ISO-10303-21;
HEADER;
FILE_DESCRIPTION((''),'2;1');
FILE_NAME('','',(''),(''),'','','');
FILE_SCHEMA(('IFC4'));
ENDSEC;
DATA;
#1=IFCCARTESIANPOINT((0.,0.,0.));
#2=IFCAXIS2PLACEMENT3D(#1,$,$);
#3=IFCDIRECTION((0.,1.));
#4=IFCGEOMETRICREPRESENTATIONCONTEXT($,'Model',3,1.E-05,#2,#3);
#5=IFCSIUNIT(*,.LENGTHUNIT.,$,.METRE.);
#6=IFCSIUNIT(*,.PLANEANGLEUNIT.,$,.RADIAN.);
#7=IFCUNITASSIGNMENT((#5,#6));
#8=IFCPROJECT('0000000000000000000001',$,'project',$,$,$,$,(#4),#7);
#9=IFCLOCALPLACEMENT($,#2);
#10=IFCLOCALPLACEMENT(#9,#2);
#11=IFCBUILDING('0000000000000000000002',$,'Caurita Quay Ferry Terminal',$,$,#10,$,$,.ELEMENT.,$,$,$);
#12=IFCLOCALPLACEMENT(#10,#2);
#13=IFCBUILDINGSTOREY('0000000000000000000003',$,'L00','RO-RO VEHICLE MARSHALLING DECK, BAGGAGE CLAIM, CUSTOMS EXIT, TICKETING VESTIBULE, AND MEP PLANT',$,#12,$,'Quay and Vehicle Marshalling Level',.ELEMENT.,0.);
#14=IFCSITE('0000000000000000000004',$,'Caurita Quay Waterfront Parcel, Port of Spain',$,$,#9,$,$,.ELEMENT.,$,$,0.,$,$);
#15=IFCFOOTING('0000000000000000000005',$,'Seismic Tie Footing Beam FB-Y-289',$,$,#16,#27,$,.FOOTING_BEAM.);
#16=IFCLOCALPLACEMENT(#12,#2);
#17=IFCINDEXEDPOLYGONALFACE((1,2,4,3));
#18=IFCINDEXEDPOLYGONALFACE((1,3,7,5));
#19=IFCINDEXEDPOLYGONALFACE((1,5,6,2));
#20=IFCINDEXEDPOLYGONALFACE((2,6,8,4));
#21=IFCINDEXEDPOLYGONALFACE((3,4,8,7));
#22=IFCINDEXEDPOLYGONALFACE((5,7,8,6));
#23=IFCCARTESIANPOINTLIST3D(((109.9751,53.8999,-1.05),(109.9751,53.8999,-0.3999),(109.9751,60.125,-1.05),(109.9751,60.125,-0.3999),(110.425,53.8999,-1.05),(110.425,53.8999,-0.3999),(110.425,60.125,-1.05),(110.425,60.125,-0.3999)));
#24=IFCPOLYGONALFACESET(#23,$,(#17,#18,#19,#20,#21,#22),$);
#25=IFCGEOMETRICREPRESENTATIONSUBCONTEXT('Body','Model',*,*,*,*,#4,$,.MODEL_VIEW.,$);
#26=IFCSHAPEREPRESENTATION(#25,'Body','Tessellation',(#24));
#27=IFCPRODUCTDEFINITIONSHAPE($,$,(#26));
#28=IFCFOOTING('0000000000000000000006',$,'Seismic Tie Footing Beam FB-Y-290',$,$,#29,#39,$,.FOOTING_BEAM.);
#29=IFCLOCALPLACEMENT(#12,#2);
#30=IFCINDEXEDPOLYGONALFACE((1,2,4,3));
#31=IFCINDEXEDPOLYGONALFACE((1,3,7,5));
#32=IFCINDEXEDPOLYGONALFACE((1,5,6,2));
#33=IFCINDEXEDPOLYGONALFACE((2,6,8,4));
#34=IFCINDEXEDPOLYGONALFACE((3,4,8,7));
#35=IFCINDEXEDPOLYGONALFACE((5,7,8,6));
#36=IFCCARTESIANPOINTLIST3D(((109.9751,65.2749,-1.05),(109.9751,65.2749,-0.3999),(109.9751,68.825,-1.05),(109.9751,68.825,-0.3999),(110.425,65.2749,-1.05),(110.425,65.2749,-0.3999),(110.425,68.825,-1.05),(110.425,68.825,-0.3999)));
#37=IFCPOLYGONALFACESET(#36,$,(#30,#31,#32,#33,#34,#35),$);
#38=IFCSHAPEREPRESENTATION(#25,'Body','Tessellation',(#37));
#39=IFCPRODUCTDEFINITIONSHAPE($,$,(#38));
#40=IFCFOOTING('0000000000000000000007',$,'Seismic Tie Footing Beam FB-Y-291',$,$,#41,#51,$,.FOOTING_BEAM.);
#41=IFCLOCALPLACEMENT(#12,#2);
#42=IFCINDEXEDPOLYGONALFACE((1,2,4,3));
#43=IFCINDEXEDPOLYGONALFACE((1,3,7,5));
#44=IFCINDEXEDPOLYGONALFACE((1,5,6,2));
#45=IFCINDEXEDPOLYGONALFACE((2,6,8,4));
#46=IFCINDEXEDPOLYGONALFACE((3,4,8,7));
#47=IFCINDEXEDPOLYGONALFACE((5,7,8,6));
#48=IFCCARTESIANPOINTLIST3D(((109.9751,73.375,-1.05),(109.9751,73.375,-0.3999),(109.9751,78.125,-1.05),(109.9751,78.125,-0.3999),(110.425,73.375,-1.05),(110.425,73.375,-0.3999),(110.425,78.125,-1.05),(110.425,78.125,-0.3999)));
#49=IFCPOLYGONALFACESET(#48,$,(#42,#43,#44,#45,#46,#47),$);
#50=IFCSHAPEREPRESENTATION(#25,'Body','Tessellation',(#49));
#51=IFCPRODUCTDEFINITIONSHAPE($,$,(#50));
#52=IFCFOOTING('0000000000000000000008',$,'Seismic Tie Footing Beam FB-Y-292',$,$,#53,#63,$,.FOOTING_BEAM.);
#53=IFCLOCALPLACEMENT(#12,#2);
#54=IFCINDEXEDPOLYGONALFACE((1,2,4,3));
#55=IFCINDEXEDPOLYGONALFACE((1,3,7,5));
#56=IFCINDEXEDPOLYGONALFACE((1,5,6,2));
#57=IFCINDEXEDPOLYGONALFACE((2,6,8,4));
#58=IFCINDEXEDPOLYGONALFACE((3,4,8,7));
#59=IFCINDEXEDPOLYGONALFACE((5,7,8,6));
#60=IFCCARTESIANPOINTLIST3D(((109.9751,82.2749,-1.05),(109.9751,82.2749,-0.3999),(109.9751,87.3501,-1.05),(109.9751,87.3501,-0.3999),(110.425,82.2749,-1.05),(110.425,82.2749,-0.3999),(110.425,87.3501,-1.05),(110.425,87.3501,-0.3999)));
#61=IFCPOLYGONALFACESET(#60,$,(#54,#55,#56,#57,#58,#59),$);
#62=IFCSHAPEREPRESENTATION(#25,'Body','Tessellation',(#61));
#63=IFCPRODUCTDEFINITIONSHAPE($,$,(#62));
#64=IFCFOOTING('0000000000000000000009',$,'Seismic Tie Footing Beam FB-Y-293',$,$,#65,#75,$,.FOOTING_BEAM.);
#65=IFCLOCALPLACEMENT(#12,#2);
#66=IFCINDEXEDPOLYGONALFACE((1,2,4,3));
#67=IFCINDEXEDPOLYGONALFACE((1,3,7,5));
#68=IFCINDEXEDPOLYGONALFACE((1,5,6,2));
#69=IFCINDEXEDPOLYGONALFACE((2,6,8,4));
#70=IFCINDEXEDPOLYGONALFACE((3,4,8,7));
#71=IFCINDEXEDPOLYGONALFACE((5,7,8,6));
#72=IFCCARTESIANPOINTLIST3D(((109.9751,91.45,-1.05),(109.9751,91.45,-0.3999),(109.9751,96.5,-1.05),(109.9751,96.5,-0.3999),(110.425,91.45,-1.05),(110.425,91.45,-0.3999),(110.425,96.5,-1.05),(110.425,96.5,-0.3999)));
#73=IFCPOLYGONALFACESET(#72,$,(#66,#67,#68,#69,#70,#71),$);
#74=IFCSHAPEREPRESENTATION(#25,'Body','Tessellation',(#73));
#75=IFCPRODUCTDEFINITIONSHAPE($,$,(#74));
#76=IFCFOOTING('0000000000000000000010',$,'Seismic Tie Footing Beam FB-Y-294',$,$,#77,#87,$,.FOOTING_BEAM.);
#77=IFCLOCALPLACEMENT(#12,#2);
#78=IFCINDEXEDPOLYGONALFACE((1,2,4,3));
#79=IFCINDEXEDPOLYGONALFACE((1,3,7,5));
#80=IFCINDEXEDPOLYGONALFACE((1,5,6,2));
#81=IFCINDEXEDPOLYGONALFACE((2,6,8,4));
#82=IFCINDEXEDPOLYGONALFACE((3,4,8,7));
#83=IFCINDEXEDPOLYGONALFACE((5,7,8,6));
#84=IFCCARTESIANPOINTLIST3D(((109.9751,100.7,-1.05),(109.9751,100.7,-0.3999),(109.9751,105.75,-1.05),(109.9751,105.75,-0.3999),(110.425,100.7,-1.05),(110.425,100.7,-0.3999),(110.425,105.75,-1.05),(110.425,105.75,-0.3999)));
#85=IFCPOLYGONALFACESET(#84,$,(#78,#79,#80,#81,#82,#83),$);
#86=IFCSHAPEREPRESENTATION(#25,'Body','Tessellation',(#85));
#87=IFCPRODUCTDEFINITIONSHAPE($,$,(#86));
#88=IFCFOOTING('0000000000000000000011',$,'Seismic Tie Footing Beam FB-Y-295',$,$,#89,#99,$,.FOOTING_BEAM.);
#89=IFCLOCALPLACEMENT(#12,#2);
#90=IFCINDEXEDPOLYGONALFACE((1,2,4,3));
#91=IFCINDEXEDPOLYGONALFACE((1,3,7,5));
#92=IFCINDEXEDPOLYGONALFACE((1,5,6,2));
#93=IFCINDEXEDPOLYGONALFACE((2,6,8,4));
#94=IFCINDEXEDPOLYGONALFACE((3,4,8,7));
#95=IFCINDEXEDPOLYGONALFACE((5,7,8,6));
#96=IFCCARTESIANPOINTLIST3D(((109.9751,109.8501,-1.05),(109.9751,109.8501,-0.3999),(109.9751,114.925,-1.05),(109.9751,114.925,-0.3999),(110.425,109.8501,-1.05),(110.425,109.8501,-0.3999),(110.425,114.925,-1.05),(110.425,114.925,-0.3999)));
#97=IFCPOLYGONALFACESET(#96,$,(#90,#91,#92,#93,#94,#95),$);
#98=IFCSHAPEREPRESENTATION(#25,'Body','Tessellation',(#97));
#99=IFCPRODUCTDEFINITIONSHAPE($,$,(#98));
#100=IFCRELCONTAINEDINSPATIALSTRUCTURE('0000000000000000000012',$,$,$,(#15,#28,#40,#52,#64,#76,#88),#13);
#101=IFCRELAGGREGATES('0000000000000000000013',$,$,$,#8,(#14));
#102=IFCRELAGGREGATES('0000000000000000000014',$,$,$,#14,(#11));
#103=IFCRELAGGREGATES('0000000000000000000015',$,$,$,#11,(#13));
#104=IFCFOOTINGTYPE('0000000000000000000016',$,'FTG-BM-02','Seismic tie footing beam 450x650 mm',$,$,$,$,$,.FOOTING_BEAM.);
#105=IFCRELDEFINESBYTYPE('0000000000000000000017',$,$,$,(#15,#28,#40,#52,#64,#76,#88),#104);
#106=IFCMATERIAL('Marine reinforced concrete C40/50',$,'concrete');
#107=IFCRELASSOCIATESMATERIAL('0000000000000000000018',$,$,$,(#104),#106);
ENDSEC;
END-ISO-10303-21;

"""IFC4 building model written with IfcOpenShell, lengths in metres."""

from ifc_helpers import new_model, si_unit, direction, frame, origin, place, context, subcontext, project, spatial, polyline, outline, extrude, material, type_object, element, save


model = new_model("IFC4")

# Units and contexts
model_context = context("Model", 3, precision=1e-05, world=origin(), true_north=direction((0.0, 1.0)))
body_context = subcontext(model_context, "Body", "Model", "MODEL_VIEW")
ifc_project = project(units=[si_unit("LENGTHUNIT", "METRE"), si_unit("PLANEANGLEUNIT", "RADIAN")], contexts=[model_context])

# Site, building, storey
site_placement = place(None, origin())
site = spatial("IfcSite", under=ifc_project, at=site_placement, Name="Caurita Quay Waterfront Parcel, Port of Spain", CompositionType="ELEMENT", RefElevation=0.0)
building_placement = place(site_placement, origin())
building = spatial("IfcBuilding", under=site, at=building_placement, Name="Caurita Quay Ferry Terminal", CompositionType="ELEMENT")
storey_placement = place(building_placement, origin())
storey = spatial("IfcBuildingStorey", under=building, at=storey_placement, Name="L00", Description="RO-RO VEHICLE MARSHALLING DECK, BAGGAGE CLAIM, CUSTOMS EXIT, TICKETING VESTIBULE, AND MEP PLANT", LongName="Quay and Vehicle Marshalling Level", CompositionType="ELEMENT", Elevation=0.0)

# Footings
ifc_material = material(Name="Marine reinforced concrete C40/50", Category="concrete")
footing_type = type_object("IfcFootingType", Name="FTG-BM-02", Description="Seismic tie footing beam 450x650 mm", PredefinedType="FOOTING_BEAM", material=ifc_material)
footing_1_placement = place(storey_placement, frame((0.0, 0.0, -1.05)))
element("IfcFooting", 1, at=footing_1_placement, inside=storey, type_object=footing_type, Name="Seismic Tie Footing Beam FB-Y-289", PredefinedType="FOOTING_BEAM", context=body_context, shape_type="SweptSolid", body=[
    extrude(outline(polyline([(109.9751, 53.8999), (110.425, 53.8999), (110.425, 60.125), (109.9751, 60.125), (109.9751, 53.8999)])), origin(), (0.0, 0.0, 1.0), 0.6501),
])
footing_2_placement = place(storey_placement, frame((0.0, 0.0, -1.05)))
element("IfcFooting", 2, at=footing_2_placement, inside=storey, type_object=footing_type, Name="Seismic Tie Footing Beam FB-Y-290", PredefinedType="FOOTING_BEAM", context=body_context, shape_type="SweptSolid", body=[
    extrude(outline(polyline([(109.9751, 65.2749), (110.425, 65.2749), (110.425, 68.825), (109.9751, 68.825), (109.9751, 65.2749)])), origin(), (0.0, 0.0, 1.0), 0.6501),
])
footing_3_placement = place(storey_placement, frame((0.0, 0.0, -1.05)))
element("IfcFooting", 3, at=footing_3_placement, inside=storey, type_object=footing_type, Name="Seismic Tie Footing Beam FB-Y-291", PredefinedType="FOOTING_BEAM", context=body_context, shape_type="SweptSolid", body=[
    extrude(outline(polyline([(109.9751, 73.375), (110.425, 73.375), (110.425, 78.125), (109.9751, 78.125), (109.9751, 73.375)])), origin(), (0.0, 0.0, 1.0), 0.6501),
])
footing_4_placement = place(storey_placement, frame((0.0, 0.0, -1.05)))
element("IfcFooting", 4, at=footing_4_placement, inside=storey, type_object=footing_type, Name="Seismic Tie Footing Beam FB-Y-292", PredefinedType="FOOTING_BEAM", context=body_context, shape_type="SweptSolid", body=[
    extrude(outline(polyline([(109.9751, 82.2749), (110.425, 82.2749), (110.425, 87.3501), (109.9751, 87.3501), (109.9751, 82.2749)])), origin(), (0.0, 0.0, 1.0), 0.6501),
])
footing_5_placement = place(storey_placement, frame((0.0, 0.0, -1.05)))
element("IfcFooting", 5, at=footing_5_placement, inside=storey, type_object=footing_type, Name="Seismic Tie Footing Beam FB-Y-293", PredefinedType="FOOTING_BEAM", context=body_context, shape_type="SweptSolid", body=[
    extrude(outline(polyline([(109.9751, 91.45), (110.425, 91.45), (110.425, 96.5), (109.9751, 96.5), (109.9751, 91.45)])), origin(), (0.0, 0.0, 1.0), 0.6501),
])
footing_6_placement = place(storey_placement, frame((0.0, 0.0, -1.05)))
element("IfcFooting", 6, at=footing_6_placement, inside=storey, type_object=footing_type, Name="Seismic Tie Footing Beam FB-Y-294", PredefinedType="FOOTING_BEAM", context=body_context, shape_type="SweptSolid", body=[
    extrude(outline(polyline([(109.9751, 100.7), (110.425, 100.7), (110.425, 105.75), (109.9751, 105.75), (109.9751, 100.7)])), origin(), (0.0, 0.0, 1.0), 0.6501),
])
footing_7_placement = place(storey_placement, frame((0.0, 0.0, -1.05)))
element("IfcFooting", 7, at=footing_7_placement, inside=storey, type_object=footing_type, Name="Seismic Tie Footing Beam FB-Y-295", PredefinedType="FOOTING_BEAM", context=body_context, shape_type="SweptSolid", body=[
    extrude(outline(polyline([(109.9751, 109.8501), (110.425, 109.8501), (110.425, 114.925), (109.9751, 114.925), (109.9751, 109.8501)])), origin(), (0.0, 0.0, 1.0), 0.6501),
])

save(model, "model.ifc")
